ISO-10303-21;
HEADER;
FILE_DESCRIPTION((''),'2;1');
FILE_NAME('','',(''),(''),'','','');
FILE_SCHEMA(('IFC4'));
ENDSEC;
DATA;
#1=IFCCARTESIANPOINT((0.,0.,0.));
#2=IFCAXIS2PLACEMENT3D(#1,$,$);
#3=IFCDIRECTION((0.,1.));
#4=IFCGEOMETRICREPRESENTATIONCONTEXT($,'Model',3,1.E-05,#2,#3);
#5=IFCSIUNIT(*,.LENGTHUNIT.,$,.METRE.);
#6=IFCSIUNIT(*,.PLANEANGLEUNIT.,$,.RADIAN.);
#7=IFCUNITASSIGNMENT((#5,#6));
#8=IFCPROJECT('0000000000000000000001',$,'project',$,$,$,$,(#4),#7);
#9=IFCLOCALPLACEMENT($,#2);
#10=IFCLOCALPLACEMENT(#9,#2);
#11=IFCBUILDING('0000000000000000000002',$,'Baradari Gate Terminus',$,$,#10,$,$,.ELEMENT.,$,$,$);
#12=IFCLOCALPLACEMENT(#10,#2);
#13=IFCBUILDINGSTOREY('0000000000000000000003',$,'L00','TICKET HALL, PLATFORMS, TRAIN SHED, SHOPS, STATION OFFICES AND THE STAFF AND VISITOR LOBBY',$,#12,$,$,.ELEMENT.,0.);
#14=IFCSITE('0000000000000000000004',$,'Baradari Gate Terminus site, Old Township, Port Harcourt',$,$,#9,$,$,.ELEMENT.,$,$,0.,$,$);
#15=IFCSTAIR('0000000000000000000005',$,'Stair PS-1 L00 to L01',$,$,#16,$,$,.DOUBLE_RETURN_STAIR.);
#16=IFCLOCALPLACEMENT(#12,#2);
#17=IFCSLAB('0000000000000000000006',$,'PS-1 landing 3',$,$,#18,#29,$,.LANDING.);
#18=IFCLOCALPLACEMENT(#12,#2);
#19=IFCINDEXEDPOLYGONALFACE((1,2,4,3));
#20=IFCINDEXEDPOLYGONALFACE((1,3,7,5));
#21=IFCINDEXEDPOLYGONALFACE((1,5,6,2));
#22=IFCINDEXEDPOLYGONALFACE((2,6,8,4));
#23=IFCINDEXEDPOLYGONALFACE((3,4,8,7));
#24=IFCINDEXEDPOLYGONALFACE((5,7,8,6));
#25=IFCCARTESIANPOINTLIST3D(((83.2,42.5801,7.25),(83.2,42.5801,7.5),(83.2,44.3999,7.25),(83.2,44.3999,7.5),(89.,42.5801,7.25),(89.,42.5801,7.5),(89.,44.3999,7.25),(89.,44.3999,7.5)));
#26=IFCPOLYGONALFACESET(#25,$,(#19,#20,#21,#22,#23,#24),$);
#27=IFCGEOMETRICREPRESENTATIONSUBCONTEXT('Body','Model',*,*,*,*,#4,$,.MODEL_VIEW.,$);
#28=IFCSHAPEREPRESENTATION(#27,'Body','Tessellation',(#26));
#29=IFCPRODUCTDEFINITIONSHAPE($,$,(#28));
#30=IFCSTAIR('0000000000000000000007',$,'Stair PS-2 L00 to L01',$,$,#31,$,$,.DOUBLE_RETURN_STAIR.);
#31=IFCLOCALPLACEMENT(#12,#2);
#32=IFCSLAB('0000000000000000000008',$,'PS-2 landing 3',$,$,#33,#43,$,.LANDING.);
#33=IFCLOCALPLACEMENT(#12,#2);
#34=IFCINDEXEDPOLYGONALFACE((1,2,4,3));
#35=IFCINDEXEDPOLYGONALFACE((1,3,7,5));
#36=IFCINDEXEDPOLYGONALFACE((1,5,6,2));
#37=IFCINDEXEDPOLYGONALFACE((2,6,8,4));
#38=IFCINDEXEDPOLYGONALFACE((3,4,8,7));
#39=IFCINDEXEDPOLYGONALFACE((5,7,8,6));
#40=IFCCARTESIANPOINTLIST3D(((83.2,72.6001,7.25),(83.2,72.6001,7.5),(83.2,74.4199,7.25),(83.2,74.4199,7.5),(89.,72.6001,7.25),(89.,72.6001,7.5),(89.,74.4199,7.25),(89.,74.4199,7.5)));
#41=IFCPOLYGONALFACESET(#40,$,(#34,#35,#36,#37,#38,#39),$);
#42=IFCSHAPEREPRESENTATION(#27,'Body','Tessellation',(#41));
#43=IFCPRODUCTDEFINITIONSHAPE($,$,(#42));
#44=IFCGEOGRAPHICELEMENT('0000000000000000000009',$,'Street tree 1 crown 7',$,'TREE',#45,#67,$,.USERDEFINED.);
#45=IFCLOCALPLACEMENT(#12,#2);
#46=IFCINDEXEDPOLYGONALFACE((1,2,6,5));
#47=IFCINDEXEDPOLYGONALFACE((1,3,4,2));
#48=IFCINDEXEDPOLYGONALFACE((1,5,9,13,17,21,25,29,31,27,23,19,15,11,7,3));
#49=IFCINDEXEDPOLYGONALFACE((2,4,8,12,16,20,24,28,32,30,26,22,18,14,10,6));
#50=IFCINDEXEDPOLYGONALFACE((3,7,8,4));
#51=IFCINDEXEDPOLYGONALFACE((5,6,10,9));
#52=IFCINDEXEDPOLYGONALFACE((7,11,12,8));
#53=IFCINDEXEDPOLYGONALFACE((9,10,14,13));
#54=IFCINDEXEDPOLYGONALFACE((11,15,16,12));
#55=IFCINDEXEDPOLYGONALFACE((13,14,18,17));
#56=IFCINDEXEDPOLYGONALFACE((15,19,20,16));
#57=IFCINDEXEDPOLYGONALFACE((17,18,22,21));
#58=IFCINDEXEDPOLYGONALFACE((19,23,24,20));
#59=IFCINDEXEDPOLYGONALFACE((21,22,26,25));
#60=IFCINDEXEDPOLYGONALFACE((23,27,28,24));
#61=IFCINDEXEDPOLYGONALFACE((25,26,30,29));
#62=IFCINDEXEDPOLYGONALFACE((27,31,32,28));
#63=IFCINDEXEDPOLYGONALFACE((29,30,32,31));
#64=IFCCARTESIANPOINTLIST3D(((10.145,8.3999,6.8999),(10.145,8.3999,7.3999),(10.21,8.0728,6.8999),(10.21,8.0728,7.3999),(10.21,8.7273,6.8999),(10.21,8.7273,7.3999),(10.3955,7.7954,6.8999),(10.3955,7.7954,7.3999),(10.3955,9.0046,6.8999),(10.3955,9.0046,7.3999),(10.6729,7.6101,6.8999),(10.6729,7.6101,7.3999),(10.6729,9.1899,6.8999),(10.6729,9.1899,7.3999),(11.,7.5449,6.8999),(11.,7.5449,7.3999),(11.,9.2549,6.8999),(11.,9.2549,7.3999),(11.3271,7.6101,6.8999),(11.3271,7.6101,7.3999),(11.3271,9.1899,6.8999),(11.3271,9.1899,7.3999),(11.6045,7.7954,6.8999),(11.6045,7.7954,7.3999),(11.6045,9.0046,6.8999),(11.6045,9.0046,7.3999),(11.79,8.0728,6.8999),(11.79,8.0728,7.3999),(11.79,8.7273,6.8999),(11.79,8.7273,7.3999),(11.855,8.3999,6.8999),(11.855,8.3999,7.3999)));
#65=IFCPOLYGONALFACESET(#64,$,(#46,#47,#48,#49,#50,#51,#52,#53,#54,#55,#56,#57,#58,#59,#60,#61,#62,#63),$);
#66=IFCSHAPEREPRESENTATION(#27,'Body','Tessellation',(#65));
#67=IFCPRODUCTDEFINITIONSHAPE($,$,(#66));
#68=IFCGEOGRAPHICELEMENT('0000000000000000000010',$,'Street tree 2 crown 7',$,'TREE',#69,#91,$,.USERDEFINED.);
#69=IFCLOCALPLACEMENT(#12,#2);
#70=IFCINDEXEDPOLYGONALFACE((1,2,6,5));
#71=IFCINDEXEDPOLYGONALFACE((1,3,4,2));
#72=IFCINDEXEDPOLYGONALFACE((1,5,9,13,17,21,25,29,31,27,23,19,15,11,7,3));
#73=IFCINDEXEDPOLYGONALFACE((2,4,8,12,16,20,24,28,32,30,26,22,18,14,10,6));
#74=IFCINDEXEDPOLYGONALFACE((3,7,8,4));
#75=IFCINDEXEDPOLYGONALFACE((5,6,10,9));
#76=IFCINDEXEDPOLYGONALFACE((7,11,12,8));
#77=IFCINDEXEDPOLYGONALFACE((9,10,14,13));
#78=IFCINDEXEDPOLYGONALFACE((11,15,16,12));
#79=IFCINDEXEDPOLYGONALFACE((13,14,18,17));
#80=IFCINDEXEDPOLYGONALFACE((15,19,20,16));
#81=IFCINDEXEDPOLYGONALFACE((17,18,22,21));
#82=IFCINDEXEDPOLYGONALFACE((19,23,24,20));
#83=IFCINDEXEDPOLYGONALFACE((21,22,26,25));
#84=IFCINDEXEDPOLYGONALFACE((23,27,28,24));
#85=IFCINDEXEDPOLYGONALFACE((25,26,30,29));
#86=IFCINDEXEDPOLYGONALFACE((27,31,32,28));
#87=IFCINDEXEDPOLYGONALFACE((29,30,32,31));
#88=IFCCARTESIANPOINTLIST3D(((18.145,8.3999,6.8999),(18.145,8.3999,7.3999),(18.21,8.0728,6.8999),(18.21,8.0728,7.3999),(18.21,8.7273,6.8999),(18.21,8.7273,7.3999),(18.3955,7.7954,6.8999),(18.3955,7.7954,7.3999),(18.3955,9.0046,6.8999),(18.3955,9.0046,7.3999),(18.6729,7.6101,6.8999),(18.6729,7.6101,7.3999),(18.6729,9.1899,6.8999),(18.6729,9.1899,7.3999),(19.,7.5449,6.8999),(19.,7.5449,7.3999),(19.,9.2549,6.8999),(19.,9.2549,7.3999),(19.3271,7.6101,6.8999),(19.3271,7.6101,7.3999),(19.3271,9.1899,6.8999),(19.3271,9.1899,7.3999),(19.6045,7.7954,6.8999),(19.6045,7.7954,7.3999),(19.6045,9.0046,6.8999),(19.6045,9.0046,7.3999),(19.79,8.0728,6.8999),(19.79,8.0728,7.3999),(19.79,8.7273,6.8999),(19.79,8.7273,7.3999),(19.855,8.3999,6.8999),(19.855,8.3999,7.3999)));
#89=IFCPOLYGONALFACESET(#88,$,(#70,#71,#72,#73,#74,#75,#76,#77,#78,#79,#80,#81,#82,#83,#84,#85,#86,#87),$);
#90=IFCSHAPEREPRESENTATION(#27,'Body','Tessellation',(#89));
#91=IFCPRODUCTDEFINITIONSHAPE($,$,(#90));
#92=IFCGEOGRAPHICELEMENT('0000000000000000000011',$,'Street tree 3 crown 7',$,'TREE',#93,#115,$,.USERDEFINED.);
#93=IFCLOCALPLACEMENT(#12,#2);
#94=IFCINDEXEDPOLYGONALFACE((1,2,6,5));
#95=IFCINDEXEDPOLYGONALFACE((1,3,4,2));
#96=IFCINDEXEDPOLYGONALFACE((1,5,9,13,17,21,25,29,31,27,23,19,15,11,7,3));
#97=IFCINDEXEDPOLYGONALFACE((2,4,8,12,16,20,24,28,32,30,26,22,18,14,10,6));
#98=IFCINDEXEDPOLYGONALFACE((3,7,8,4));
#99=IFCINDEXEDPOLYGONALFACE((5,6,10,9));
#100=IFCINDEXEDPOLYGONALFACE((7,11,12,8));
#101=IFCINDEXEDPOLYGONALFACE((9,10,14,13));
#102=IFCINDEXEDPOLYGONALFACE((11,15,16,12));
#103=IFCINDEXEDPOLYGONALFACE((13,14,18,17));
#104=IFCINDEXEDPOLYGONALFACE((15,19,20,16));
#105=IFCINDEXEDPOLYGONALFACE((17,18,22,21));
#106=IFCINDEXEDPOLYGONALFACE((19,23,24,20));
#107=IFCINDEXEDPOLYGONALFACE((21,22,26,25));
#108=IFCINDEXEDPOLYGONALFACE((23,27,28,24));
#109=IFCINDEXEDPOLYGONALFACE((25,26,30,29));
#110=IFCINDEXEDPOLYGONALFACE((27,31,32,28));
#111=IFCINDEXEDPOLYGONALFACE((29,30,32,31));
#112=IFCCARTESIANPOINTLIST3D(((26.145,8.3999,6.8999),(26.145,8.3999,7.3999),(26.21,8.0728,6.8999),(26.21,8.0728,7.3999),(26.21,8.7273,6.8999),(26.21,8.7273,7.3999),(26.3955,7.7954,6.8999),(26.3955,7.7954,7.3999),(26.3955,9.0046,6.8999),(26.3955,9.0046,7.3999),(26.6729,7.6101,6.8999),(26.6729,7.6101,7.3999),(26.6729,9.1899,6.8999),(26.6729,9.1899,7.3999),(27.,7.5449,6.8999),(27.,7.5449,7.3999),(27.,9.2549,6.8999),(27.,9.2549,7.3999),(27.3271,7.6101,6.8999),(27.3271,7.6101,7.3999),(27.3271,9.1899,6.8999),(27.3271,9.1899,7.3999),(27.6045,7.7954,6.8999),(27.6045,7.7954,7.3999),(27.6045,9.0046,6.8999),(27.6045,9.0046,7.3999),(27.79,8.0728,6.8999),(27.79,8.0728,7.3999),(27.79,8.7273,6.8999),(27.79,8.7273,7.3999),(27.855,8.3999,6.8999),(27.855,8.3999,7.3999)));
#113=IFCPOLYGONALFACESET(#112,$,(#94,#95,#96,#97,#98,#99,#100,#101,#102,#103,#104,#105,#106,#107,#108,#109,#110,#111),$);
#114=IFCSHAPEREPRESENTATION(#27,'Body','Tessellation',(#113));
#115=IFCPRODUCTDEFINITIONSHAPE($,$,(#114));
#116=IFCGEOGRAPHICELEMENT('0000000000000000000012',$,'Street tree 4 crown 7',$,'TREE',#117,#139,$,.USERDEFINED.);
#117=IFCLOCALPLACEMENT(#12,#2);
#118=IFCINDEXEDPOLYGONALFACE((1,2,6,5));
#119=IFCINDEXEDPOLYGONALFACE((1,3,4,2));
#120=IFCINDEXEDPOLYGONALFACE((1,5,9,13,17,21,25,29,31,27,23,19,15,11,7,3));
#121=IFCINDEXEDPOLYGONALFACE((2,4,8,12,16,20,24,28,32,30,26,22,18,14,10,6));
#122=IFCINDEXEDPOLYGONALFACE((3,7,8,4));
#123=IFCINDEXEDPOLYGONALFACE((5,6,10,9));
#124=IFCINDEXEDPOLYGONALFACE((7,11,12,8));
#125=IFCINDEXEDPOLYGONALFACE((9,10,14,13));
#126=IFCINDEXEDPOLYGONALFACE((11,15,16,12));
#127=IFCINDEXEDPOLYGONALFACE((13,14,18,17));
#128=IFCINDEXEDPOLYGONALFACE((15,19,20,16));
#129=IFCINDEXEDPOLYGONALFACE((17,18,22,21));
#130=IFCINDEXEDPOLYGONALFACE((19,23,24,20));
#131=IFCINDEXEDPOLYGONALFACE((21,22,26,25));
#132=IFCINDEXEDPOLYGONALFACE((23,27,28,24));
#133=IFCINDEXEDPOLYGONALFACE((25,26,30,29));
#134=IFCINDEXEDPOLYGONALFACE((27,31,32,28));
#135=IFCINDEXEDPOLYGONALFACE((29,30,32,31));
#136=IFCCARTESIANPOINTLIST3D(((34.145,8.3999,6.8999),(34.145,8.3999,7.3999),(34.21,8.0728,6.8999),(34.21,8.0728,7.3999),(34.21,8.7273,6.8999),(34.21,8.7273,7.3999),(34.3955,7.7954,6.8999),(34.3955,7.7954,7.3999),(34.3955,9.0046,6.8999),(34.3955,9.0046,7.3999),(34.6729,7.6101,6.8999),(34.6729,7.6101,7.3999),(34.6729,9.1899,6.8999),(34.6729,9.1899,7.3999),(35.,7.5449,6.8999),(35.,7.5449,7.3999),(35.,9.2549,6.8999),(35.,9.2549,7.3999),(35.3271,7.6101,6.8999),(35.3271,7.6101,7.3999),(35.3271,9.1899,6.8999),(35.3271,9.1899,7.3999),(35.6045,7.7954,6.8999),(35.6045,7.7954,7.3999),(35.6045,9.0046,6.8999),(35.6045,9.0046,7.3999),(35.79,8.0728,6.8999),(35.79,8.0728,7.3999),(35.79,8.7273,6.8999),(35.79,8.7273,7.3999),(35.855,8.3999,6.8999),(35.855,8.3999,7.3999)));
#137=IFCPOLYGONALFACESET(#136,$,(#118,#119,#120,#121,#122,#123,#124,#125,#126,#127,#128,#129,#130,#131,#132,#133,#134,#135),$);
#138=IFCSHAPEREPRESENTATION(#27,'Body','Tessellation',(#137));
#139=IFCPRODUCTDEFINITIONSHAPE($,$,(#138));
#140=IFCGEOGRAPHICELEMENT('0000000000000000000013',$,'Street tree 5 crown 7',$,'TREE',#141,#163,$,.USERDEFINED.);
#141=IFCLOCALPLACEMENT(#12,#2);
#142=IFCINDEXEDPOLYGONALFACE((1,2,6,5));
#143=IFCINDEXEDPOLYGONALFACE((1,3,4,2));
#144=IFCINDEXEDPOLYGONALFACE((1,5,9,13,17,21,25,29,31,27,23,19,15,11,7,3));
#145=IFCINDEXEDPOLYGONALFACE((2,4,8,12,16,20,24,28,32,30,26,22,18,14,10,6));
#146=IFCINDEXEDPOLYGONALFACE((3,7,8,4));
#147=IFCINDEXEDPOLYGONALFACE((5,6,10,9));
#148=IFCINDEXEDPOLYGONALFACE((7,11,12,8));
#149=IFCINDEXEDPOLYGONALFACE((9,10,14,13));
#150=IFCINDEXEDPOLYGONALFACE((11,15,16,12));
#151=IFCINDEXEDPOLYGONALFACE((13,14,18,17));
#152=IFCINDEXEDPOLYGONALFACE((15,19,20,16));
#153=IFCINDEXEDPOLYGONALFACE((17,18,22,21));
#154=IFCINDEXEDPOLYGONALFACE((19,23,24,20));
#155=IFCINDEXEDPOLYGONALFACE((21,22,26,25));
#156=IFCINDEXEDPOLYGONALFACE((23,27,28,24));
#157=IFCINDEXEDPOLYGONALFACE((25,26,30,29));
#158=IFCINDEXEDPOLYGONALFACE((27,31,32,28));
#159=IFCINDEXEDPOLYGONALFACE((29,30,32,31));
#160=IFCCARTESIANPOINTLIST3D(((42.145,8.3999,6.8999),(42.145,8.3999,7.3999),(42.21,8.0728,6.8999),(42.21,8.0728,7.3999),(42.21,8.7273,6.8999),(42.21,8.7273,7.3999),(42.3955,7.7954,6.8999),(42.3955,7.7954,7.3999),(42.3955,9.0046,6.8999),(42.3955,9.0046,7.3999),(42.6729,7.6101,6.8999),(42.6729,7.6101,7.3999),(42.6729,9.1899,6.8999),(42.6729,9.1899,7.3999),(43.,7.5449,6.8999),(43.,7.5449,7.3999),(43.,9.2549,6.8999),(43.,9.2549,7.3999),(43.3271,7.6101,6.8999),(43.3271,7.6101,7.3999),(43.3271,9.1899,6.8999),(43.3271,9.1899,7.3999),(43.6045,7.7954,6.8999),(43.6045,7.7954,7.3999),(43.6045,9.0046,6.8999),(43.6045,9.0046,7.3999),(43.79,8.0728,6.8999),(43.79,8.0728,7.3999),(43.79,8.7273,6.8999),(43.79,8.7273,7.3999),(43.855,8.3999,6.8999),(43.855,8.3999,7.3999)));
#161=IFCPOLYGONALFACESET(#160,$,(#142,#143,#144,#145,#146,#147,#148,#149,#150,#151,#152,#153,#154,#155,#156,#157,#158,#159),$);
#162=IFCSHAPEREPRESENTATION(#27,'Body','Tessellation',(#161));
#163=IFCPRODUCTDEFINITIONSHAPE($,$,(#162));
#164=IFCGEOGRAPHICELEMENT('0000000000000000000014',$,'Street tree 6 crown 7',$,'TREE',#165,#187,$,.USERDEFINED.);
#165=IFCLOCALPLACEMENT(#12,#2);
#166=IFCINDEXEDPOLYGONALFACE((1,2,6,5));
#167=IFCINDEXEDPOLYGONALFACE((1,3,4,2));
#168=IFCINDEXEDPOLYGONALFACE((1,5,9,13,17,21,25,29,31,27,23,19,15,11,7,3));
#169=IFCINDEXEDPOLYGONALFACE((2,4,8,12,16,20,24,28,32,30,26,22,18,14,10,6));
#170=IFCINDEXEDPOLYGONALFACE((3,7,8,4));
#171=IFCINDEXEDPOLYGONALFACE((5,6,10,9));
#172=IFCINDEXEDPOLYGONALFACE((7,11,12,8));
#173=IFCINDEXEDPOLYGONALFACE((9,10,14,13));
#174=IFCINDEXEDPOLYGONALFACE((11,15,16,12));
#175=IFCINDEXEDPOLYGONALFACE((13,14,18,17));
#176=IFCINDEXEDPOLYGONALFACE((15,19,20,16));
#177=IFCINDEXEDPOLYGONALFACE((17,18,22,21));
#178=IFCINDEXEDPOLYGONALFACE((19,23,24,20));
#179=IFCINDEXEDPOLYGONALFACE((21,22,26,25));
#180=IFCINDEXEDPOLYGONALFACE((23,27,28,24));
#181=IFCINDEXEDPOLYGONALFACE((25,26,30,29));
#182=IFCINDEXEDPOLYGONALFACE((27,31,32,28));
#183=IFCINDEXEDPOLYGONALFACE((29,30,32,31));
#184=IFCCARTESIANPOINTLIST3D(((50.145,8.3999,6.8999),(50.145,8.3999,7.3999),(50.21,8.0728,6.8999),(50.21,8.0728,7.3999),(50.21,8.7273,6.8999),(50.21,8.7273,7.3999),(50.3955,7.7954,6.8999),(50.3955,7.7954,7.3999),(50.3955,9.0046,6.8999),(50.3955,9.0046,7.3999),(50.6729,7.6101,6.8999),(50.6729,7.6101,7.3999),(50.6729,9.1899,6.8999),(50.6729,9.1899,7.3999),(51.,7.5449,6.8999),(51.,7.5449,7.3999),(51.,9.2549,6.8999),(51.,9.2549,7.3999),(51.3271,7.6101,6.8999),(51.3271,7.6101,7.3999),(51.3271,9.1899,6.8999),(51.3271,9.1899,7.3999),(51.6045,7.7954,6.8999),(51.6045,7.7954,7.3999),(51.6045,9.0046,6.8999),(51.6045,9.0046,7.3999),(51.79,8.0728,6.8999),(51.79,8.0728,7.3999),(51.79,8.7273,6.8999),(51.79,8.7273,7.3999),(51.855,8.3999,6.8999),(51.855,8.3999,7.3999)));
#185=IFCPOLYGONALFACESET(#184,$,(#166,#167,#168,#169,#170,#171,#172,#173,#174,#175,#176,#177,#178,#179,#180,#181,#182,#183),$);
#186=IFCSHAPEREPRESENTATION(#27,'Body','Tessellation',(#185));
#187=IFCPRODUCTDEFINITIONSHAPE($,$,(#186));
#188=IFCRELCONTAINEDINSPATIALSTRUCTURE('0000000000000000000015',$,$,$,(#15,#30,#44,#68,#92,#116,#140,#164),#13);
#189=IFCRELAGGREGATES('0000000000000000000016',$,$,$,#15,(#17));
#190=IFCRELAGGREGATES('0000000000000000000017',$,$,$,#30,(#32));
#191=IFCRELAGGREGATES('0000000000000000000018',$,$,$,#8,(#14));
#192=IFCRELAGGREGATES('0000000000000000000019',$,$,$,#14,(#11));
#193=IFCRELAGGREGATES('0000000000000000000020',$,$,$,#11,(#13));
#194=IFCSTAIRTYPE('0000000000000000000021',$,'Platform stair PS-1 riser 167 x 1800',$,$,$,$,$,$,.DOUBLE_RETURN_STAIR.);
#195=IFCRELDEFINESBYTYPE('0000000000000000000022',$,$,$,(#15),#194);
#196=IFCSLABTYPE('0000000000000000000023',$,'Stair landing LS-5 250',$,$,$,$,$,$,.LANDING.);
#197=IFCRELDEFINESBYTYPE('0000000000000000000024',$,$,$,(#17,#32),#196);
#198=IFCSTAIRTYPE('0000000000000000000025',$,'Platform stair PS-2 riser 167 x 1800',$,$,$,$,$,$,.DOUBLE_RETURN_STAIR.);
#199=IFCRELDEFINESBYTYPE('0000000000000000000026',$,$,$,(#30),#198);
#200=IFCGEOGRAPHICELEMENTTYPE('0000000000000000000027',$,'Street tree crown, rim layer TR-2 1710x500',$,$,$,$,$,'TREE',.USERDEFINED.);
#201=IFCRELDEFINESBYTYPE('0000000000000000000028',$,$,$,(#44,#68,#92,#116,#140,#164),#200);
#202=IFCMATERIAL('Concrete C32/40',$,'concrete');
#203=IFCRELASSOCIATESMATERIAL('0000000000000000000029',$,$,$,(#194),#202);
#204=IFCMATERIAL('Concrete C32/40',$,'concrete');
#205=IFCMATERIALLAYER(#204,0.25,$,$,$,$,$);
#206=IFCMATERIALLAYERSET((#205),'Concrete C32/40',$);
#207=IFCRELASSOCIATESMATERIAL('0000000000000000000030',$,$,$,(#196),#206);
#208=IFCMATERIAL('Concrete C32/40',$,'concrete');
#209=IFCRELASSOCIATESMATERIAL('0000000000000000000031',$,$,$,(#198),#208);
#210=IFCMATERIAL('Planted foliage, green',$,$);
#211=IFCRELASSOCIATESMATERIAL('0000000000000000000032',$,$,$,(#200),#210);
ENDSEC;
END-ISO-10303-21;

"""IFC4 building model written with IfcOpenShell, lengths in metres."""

from ifc_helpers import new_model, si_unit, direction, frame, origin, place, context, subcontext, project, spatial, polyline, outline, extrude, material, layer, layer_set, type_object, element, aggregate, save


model = new_model("IFC4")

# Units and contexts
model_context = context("Model", 3, precision=1e-05, world=origin(), true_north=direction((0.0, 1.0)))
body_context = subcontext(model_context, "Body", "Model", "MODEL_VIEW")
ifc_project = project(units=[si_unit("LENGTHUNIT", "METRE"), si_unit("PLANEANGLEUNIT", "RADIAN")], contexts=[model_context])

# Site, building, storey
site_placement = place(None, origin())
site = spatial("IfcSite", under=ifc_project, at=site_placement, Name="Baradari Gate Terminus site, Old Township, Port Harcourt", CompositionType="ELEMENT", RefElevation=0.0)
building_placement = place(site_placement, origin())
building = spatial("IfcBuilding", under=site, at=building_placement, Name="Baradari Gate Terminus", CompositionType="ELEMENT")
storey_placement = place(building_placement, origin())
storey = spatial("IfcBuildingStorey", under=building, at=storey_placement, Name="L00", Description="TICKET HALL, PLATFORMS, TRAIN SHED, SHOPS, STATION OFFICES AND THE STAFF AND VISITOR LOBBY", CompositionType="ELEMENT", Elevation=0.0)

# Stairs, slabs
ifc_material_1 = material(Name="Concrete C32/40", Category="concrete")
stair_type_1 = type_object("IfcStairType", Name="Platform stair PS-1 riser 167 x 1800", PredefinedType="DOUBLE_RETURN_STAIR", material=ifc_material_1)
stair_1_placement = place(storey_placement, origin())
stair_1 = element("IfcStair", 1, at=stair_1_placement, inside=storey, type_object=stair_type_1, Name="Stair PS-1 L00 to L01", PredefinedType="DOUBLE_RETURN_STAIR")
ifc_material_2 = material(Name="Concrete C32/40", Category="concrete")
ifc_layer = layer(ifc_material_2, 0.25)
ifc_layer_set = layer_set([ifc_layer], Name="Concrete C32/40")
slab_type = type_object("IfcSlabType", Name="Stair landing LS-5 250", PredefinedType="LANDING", material=ifc_layer_set)
slab_1_placement = place(storey_placement, frame((0.0, 0.0, 7.25)))
slab_1 = element("IfcSlab", 2, at=slab_1_placement, type_object=slab_type, Name="PS-1 landing 3", PredefinedType="LANDING", context=body_context, shape_type="SweptSolid", body=[
    extrude(outline(polyline([(83.2, 42.5801), (89.0, 42.5801), (89.0, 44.3999), (83.2, 44.3999), (83.2, 42.5801)])), origin(), (0.0, 0.0, 1.0), 0.25),
])
aggregate(stair_1, [slab_1])
ifc_material_3 = material(Name="Concrete C32/40", Category="concrete")
stair_type_2 = type_object("IfcStairType", Name="Platform stair PS-2 riser 167 x 1800", PredefinedType="DOUBLE_RETURN_STAIR", material=ifc_material_3)
stair_2_placement = place(storey_placement, origin())
stair_2 = element("IfcStair", 3, at=stair_2_placement, inside=storey, type_object=stair_type_2, Name="Stair PS-2 L00 to L01", PredefinedType="DOUBLE_RETURN_STAIR")
slab_2_placement = place(storey_placement, frame((0.0, 0.0, 7.25)))
slab_2 = element("IfcSlab", 4, at=slab_2_placement, type_object=slab_type, Name="PS-2 landing 3", PredefinedType="LANDING", context=body_context, shape_type="SweptSolid", body=[
    extrude(outline(polyline([(89.0, 74.4199), (83.2, 74.4199), (83.2, 72.6001), (89.0, 72.6001), (89.0, 74.4199)])), origin(), (0.0, 0.0, 1.0), 0.25),
])
aggregate(stair_2, [slab_2])

# Geographic elements
ifc_material_4 = material(Name="Planted foliage, green")
geographic_element_type_1 = type_object("IfcGeographicElementType", Name="Street tree crown, rim layer TR-2 1710x500", ElementType="TREE", PredefinedType="USERDEFINED", material=ifc_material_4)
geographic_element_1_placement = place(storey_placement, frame((0.0, 0.0, 6.8999)))
element("IfcGeographicElement", 5, at=geographic_element_1_placement, inside=storey, type_object=geographic_element_type_1, Name="Street tree 1 crown 7", ObjectType="TREE", PredefinedType="USERDEFINED", context=body_context, shape_type="SweptSolid", body=[
    extrude(outline(polyline([(11.855, 8.3999), (11.79, 8.7273), (11.6045, 9.0046), (11.3271, 9.1899), (11.0, 9.2549), (10.6729, 9.1899), (10.3955, 9.0046), (10.21, 8.7273), (10.145, 8.3999), (10.21, 8.0728), (10.3955, 7.7954), (10.6729, 7.6101), (11.0, 7.5449), (11.3271, 7.6101), (11.6045, 7.7954), (11.79, 8.0728), (11.855, 8.3999)])), origin(), (0.0, 0.0, 1.0), 0.5),
])
geographic_element_2_placement = place(storey_placement, frame((0.0, 0.0, 6.8999)))
element("IfcGeographicElement", 6, at=geographic_element_2_placement, inside=storey, type_object=geographic_element_type_1, Name="Street tree 2 crown 7", ObjectType="TREE", PredefinedType="USERDEFINED", context=body_context, shape_type="SweptSolid", body=[
    extrude(outline(polyline([(19.855, 8.3999), (19.79, 8.7273), (19.6045, 9.0046), (19.3271, 9.1899), (19.0, 9.2549), (18.6729, 9.1899), (18.3955, 9.0046), (18.21, 8.7273), (18.145, 8.3999), (18.21, 8.0728), (18.3955, 7.7954), (18.6729, 7.6101), (19.0, 7.5449), (19.3271, 7.6101), (19.6045, 7.7954), (19.79, 8.0728), (19.855, 8.3999)])), origin(), (0.0, 0.0, 1.0), 0.5),
])
geographic_element_3_placement = place(storey_placement, frame((0.0, 0.0, 6.8999)))
element("IfcGeographicElement", 7, at=geographic_element_3_placement, inside=storey, type_object=geographic_element_type_1, Name="Street tree 3 crown 7", ObjectType="TREE", PredefinedType="USERDEFINED", context=body_context, shape_type="SweptSolid", body=[
    extrude(outline(polyline([(27.855, 8.3999), (27.79, 8.7273), (27.6045, 9.0046), (27.3271, 9.1899), (27.0, 9.2549), (26.6729, 9.1899), (26.3955, 9.0046), (26.21, 8.7273), (26.145, 8.3999), (26.21, 8.0728), (26.3955, 7.7954), (26.6729, 7.6101), (27.0, 7.5449), (27.3271, 7.6101), (27.6045, 7.7954), (27.79, 8.0728), (27.855, 8.3999)])), origin(), (0.0, 0.0, 1.0), 0.5),
])
geographic_element_4_placement = place(storey_placement, frame((0.0, 0.0, 6.8999)))
element("IfcGeographicElement", 8, at=geographic_element_4_placement, inside=storey, type_object=geographic_element_type_1, Name="Street tree 4 crown 7", ObjectType="TREE", PredefinedType="USERDEFINED", context=body_context, shape_type="SweptSolid", body=[
    extrude(outline(polyline([(35.855, 8.3999), (35.79, 8.7273), (35.6045, 9.0046), (35.3271, 9.1899), (35.0, 9.2549), (34.6729, 9.1899), (34.3955, 9.0046), (34.21, 8.7273), (34.145, 8.3999), (34.21, 8.0728), (34.3955, 7.7954), (34.6729, 7.6101), (35.0, 7.5449), (35.3271, 7.6101), (35.6045, 7.7954), (35.79, 8.0728), (35.855, 8.3999)])), origin(), (0.0, 0.0, 1.0), 0.5),
])
geographic_element_5_placement = place(storey_placement, frame((0.0, 0.0, 6.8999)))
element("IfcGeographicElement", 9, at=geographic_element_5_placement, inside=storey, type_object=geographic_element_type_1, Name="Street tree 5 crown 7", ObjectType="TREE", PredefinedType="USERDEFINED", context=body_context, shape_type="SweptSolid", body=[
    extrude(outline(polyline([(43.855, 8.3999), (43.79, 8.7273), (43.6045, 9.0046), (43.3271, 9.1899), (43.0, 9.2549), (42.6729, 9.1899), (42.3955, 9.0046), (42.21, 8.7273), (42.145, 8.3999), (42.21, 8.0728), (42.3955, 7.7954), (42.6729, 7.6101), (43.0, 7.5449), (43.3271, 7.6101), (43.6045, 7.7954), (43.79, 8.0728), (43.855, 8.3999)])), origin(), (0.0, 0.0, 1.0), 0.5),
])
geographic_element_6_placement = place(storey_placement, frame((0.0, 0.0, 6.8999)))
element("IfcGeographicElement", 10, at=geographic_element_6_placement, inside=storey, type_object=geographic_element_type_1, Name="Street tree 6 crown 7", ObjectType="TREE", PredefinedType="USERDEFINED", context=body_context, shape_type="SweptSolid", body=[
    extrude(outline(polyline([(51.855, 8.3999), (51.79, 8.7273), (51.6045, 9.0046), (51.3271, 9.1899), (51.0, 9.2549), (50.6729, 9.1899), (50.3955, 9.0046), (50.21, 8.7273), (50.145, 8.3999), (50.21, 8.0728), (50.3955, 7.7954), (50.6729, 7.6101), (51.0, 7.5449), (51.3271, 7.6101), (51.6045, 7.7954), (51.79, 8.0728), (51.855, 8.3999)])), origin(), (0.0, 0.0, 1.0), 0.5),
])

save(model, "model.ifc")
